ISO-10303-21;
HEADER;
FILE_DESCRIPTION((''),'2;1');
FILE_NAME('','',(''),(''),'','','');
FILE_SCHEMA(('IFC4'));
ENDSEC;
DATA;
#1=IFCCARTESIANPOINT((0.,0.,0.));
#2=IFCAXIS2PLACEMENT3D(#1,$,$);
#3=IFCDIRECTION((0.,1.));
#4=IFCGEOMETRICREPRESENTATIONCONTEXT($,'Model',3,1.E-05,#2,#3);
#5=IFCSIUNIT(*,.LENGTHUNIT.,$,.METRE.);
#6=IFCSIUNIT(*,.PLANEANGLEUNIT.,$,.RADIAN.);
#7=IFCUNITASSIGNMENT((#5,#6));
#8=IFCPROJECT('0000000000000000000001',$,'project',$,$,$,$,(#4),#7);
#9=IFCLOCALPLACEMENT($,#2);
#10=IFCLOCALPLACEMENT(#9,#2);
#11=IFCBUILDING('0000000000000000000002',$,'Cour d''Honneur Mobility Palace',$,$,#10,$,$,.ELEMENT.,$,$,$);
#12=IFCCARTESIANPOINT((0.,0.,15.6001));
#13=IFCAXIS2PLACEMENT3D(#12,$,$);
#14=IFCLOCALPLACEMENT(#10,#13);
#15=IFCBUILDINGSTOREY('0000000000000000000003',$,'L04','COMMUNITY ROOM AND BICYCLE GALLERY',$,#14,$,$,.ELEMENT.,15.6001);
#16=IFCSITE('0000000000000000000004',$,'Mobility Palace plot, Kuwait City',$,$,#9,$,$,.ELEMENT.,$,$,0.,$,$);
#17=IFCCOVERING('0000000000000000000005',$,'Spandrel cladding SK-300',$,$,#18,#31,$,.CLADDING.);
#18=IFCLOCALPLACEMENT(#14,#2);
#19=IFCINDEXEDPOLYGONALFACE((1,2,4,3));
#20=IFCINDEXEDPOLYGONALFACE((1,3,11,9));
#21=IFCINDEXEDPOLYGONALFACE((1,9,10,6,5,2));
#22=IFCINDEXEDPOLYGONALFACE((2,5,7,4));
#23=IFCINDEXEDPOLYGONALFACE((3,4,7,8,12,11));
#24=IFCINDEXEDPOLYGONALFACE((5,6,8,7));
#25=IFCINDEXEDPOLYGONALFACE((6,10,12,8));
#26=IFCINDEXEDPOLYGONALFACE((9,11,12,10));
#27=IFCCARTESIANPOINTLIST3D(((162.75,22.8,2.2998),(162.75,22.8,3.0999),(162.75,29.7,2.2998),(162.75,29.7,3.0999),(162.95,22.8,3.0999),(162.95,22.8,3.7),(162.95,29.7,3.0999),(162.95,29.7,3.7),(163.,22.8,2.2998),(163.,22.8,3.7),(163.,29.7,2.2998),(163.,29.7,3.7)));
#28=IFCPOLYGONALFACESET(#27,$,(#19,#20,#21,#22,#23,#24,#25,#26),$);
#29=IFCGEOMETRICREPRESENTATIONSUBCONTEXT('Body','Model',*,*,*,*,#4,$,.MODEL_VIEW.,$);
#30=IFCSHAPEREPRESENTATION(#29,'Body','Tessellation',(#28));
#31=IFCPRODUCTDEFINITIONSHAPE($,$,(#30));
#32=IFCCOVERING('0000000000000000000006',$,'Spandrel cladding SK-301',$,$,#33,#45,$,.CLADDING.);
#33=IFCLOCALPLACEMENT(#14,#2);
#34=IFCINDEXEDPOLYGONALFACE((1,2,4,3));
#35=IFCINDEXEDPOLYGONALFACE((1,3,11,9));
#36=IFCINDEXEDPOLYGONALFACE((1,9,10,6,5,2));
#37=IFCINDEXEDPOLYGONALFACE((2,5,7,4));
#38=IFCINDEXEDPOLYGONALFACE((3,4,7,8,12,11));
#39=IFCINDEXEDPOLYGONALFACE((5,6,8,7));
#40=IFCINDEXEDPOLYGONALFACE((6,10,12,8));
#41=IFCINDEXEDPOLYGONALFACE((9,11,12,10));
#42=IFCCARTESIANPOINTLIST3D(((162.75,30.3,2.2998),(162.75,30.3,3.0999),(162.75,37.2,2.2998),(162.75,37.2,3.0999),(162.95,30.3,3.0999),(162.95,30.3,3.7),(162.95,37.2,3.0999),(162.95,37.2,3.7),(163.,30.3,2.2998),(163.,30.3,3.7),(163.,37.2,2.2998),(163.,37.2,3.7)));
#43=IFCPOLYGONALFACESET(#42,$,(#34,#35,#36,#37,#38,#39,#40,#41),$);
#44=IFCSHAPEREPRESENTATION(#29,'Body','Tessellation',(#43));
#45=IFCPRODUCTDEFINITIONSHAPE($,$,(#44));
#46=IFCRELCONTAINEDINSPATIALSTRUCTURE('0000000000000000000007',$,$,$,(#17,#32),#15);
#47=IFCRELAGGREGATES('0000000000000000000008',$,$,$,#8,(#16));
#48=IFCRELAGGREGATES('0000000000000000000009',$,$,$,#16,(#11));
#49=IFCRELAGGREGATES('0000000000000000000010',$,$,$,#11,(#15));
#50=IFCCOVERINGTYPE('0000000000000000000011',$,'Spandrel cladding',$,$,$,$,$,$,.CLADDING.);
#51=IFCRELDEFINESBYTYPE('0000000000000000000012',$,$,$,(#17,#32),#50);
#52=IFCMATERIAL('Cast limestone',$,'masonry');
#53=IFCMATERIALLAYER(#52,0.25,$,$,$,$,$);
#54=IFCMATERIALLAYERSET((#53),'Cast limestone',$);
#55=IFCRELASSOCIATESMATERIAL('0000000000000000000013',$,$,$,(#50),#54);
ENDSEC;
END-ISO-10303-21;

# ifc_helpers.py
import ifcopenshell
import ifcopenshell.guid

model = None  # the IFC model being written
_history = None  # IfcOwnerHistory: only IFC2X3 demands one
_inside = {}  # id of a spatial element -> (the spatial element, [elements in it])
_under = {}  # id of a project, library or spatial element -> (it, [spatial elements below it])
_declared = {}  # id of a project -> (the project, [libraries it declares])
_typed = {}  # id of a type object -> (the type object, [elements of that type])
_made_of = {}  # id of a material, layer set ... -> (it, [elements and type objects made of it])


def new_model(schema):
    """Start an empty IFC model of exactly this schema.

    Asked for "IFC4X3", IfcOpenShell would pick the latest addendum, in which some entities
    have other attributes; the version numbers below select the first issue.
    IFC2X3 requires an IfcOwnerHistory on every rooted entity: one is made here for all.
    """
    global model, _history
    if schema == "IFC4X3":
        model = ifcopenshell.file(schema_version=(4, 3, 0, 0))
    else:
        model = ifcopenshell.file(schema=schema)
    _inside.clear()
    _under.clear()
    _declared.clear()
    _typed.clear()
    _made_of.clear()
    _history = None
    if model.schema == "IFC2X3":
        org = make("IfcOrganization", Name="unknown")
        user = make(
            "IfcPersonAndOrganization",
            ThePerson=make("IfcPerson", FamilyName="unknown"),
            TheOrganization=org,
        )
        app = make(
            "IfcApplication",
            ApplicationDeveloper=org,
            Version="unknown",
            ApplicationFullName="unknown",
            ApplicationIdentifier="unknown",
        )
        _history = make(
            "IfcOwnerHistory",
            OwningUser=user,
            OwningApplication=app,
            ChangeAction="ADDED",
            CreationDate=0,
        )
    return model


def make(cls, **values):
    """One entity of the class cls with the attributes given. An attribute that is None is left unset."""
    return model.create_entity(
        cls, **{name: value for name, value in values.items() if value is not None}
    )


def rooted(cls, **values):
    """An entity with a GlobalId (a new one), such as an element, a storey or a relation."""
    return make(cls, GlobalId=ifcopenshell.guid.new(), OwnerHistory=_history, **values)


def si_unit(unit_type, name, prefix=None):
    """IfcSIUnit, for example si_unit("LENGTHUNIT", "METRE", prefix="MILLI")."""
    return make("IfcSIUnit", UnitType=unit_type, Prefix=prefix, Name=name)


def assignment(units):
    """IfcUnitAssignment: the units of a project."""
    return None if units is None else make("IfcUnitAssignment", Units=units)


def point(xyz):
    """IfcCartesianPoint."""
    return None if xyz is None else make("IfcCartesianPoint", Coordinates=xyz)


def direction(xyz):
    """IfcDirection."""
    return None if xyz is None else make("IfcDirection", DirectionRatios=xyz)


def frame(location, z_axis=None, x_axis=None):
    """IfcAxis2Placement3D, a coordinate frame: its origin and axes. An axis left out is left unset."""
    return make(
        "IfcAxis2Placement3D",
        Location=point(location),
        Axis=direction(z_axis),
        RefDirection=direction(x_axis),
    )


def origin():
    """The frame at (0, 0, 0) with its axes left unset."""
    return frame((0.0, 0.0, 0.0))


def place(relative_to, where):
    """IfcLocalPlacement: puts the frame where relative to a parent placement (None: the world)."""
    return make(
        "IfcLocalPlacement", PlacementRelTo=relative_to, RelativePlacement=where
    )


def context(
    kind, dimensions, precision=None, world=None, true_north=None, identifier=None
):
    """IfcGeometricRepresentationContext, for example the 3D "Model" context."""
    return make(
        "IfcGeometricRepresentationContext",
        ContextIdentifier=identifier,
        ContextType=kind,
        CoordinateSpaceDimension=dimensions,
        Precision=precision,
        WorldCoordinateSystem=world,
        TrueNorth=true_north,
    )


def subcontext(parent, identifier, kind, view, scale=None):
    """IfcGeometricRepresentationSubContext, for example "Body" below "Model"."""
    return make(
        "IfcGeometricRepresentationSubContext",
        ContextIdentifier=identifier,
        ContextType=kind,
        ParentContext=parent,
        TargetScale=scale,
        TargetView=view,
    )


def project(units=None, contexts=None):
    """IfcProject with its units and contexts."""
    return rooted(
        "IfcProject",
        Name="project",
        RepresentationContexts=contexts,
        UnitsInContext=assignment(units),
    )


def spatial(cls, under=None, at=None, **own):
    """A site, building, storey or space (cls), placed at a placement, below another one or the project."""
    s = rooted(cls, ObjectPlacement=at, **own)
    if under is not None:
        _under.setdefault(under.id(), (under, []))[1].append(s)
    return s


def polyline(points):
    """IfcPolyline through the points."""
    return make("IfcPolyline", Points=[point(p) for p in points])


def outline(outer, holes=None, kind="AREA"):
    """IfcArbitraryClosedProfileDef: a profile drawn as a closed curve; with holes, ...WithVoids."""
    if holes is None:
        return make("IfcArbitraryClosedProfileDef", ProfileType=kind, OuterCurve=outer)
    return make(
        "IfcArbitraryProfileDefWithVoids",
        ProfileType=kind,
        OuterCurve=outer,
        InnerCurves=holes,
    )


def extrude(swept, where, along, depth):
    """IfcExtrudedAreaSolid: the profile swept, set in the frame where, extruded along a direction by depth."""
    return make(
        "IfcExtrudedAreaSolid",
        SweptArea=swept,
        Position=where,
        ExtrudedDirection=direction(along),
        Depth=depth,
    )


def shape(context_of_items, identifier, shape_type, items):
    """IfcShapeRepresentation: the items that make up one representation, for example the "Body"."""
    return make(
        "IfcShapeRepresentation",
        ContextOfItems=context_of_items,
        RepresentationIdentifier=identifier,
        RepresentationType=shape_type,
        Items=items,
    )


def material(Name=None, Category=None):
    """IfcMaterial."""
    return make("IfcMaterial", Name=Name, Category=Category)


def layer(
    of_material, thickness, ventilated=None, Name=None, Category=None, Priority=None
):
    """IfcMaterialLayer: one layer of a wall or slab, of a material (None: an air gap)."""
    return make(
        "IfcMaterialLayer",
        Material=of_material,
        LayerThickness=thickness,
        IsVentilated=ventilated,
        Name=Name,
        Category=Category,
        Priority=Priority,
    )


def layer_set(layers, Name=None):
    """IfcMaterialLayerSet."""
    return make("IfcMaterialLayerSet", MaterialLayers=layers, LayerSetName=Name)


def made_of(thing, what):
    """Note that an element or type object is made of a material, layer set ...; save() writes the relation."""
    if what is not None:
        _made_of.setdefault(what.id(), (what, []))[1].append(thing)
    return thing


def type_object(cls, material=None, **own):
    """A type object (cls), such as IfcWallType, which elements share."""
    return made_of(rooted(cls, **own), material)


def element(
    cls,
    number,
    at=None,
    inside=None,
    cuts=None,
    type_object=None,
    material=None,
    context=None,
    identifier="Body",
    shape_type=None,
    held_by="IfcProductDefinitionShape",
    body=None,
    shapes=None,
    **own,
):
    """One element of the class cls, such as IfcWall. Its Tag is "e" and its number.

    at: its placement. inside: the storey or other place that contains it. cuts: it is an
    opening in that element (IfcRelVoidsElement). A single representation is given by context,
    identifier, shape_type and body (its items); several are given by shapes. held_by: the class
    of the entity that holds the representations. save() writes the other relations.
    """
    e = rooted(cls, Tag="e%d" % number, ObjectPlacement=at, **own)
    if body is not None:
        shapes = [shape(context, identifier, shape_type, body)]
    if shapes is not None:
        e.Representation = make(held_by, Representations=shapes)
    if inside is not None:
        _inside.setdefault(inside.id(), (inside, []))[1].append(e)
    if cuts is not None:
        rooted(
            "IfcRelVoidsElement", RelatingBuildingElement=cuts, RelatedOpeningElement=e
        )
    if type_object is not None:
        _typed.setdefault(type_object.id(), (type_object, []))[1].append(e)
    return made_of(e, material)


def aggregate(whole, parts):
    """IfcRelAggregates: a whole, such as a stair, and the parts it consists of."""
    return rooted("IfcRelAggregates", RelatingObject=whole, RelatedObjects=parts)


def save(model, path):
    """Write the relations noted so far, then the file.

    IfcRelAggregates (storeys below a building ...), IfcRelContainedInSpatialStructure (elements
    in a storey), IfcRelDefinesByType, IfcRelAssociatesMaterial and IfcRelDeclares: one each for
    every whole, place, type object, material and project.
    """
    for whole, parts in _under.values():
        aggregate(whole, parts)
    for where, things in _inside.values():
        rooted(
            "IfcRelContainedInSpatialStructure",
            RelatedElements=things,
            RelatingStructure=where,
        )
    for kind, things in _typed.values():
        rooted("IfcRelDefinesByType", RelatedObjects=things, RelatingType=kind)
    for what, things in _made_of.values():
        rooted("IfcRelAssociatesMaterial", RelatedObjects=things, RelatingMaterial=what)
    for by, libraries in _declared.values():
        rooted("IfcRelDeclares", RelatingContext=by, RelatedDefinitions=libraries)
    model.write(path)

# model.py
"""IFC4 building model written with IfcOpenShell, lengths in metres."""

from ifc_helpers import new_model, si_unit, direction, frame, origin, place, context, subcontext, project, spatial, polyline, outline, extrude, material, layer, layer_set, type_object, element, save


model = new_model("IFC4")

# Units and contexts
model_context = context("Model", 3, precision=1e-05, world=origin(), true_north=direction((0.0, 1.0)))
body_context = subcontext(model_context, "Body", "Model", "MODEL_VIEW")
ifc_project = project(units=[si_unit("LENGTHUNIT", "METRE"), si_unit("PLANEANGLEUNIT", "RADIAN")], contexts=[model_context])

# Site, building, storey
site_placement = place(None, origin())
site = spatial("IfcSite", under=ifc_project, at=site_placement, Name="Mobility Palace plot, Kuwait City", CompositionType="ELEMENT", RefElevation=0.0)
building_placement = place(site_placement, origin())
building = spatial("IfcBuilding", under=site, at=building_placement, Name="Cour d'Honneur Mobility Palace", CompositionType="ELEMENT")
storey_placement = place(building_placement, frame((0.0, 0.0, 15.6001)))
storey = spatial("IfcBuildingStorey", under=building, at=storey_placement, Name="L04", Description="COMMUNITY ROOM AND BICYCLE GALLERY", CompositionType="ELEMENT", Elevation=15.6001)

# Coverings
ifc_material_1 = material(Name="Cast limestone", Category="masonry")
ifc_layer = layer(ifc_material_1, 0.25)
ifc_layer_set = layer_set([ifc_layer], Name="Cast limestone")
covering_type = type_object("IfcCoveringType", Name="Spandrel cladding", PredefinedType="CLADDING", material=ifc_layer_set)
for number, where, z_axis, x_axis, name in (
    (1, (162.75, 22.8, 2.2998), (0.0, -1.0, 0.0), (1.0, 0.0, 0.0), "Spandrel cladding SK-300"),
    (2, (162.75, 30.3, 2.2998), (0.0, -1.0, 0.0), (1.0, 0.0, 0.0), "Spandrel cladding SK-301"),
):
    element("IfcCovering", number, at=place(storey_placement, frame(where, z_axis=z_axis, x_axis=x_axis)), inside=storey, type_object=covering_type, Name=name, PredefinedType="CLADDING", context=body_context, shape_type="SweptSolid", body=[
        extrude(outline(polyline([(0.0, 0.0), (0.25, 0.0), (0.25, 1.4001), (0.2, 1.4001), (0.2, 0.8), (0.0, 0.8), (0.0, 0.0)])), origin(), (0.0, 0.0, -1.0), 6.8999),
    ])

save(model, "model.ifc")
